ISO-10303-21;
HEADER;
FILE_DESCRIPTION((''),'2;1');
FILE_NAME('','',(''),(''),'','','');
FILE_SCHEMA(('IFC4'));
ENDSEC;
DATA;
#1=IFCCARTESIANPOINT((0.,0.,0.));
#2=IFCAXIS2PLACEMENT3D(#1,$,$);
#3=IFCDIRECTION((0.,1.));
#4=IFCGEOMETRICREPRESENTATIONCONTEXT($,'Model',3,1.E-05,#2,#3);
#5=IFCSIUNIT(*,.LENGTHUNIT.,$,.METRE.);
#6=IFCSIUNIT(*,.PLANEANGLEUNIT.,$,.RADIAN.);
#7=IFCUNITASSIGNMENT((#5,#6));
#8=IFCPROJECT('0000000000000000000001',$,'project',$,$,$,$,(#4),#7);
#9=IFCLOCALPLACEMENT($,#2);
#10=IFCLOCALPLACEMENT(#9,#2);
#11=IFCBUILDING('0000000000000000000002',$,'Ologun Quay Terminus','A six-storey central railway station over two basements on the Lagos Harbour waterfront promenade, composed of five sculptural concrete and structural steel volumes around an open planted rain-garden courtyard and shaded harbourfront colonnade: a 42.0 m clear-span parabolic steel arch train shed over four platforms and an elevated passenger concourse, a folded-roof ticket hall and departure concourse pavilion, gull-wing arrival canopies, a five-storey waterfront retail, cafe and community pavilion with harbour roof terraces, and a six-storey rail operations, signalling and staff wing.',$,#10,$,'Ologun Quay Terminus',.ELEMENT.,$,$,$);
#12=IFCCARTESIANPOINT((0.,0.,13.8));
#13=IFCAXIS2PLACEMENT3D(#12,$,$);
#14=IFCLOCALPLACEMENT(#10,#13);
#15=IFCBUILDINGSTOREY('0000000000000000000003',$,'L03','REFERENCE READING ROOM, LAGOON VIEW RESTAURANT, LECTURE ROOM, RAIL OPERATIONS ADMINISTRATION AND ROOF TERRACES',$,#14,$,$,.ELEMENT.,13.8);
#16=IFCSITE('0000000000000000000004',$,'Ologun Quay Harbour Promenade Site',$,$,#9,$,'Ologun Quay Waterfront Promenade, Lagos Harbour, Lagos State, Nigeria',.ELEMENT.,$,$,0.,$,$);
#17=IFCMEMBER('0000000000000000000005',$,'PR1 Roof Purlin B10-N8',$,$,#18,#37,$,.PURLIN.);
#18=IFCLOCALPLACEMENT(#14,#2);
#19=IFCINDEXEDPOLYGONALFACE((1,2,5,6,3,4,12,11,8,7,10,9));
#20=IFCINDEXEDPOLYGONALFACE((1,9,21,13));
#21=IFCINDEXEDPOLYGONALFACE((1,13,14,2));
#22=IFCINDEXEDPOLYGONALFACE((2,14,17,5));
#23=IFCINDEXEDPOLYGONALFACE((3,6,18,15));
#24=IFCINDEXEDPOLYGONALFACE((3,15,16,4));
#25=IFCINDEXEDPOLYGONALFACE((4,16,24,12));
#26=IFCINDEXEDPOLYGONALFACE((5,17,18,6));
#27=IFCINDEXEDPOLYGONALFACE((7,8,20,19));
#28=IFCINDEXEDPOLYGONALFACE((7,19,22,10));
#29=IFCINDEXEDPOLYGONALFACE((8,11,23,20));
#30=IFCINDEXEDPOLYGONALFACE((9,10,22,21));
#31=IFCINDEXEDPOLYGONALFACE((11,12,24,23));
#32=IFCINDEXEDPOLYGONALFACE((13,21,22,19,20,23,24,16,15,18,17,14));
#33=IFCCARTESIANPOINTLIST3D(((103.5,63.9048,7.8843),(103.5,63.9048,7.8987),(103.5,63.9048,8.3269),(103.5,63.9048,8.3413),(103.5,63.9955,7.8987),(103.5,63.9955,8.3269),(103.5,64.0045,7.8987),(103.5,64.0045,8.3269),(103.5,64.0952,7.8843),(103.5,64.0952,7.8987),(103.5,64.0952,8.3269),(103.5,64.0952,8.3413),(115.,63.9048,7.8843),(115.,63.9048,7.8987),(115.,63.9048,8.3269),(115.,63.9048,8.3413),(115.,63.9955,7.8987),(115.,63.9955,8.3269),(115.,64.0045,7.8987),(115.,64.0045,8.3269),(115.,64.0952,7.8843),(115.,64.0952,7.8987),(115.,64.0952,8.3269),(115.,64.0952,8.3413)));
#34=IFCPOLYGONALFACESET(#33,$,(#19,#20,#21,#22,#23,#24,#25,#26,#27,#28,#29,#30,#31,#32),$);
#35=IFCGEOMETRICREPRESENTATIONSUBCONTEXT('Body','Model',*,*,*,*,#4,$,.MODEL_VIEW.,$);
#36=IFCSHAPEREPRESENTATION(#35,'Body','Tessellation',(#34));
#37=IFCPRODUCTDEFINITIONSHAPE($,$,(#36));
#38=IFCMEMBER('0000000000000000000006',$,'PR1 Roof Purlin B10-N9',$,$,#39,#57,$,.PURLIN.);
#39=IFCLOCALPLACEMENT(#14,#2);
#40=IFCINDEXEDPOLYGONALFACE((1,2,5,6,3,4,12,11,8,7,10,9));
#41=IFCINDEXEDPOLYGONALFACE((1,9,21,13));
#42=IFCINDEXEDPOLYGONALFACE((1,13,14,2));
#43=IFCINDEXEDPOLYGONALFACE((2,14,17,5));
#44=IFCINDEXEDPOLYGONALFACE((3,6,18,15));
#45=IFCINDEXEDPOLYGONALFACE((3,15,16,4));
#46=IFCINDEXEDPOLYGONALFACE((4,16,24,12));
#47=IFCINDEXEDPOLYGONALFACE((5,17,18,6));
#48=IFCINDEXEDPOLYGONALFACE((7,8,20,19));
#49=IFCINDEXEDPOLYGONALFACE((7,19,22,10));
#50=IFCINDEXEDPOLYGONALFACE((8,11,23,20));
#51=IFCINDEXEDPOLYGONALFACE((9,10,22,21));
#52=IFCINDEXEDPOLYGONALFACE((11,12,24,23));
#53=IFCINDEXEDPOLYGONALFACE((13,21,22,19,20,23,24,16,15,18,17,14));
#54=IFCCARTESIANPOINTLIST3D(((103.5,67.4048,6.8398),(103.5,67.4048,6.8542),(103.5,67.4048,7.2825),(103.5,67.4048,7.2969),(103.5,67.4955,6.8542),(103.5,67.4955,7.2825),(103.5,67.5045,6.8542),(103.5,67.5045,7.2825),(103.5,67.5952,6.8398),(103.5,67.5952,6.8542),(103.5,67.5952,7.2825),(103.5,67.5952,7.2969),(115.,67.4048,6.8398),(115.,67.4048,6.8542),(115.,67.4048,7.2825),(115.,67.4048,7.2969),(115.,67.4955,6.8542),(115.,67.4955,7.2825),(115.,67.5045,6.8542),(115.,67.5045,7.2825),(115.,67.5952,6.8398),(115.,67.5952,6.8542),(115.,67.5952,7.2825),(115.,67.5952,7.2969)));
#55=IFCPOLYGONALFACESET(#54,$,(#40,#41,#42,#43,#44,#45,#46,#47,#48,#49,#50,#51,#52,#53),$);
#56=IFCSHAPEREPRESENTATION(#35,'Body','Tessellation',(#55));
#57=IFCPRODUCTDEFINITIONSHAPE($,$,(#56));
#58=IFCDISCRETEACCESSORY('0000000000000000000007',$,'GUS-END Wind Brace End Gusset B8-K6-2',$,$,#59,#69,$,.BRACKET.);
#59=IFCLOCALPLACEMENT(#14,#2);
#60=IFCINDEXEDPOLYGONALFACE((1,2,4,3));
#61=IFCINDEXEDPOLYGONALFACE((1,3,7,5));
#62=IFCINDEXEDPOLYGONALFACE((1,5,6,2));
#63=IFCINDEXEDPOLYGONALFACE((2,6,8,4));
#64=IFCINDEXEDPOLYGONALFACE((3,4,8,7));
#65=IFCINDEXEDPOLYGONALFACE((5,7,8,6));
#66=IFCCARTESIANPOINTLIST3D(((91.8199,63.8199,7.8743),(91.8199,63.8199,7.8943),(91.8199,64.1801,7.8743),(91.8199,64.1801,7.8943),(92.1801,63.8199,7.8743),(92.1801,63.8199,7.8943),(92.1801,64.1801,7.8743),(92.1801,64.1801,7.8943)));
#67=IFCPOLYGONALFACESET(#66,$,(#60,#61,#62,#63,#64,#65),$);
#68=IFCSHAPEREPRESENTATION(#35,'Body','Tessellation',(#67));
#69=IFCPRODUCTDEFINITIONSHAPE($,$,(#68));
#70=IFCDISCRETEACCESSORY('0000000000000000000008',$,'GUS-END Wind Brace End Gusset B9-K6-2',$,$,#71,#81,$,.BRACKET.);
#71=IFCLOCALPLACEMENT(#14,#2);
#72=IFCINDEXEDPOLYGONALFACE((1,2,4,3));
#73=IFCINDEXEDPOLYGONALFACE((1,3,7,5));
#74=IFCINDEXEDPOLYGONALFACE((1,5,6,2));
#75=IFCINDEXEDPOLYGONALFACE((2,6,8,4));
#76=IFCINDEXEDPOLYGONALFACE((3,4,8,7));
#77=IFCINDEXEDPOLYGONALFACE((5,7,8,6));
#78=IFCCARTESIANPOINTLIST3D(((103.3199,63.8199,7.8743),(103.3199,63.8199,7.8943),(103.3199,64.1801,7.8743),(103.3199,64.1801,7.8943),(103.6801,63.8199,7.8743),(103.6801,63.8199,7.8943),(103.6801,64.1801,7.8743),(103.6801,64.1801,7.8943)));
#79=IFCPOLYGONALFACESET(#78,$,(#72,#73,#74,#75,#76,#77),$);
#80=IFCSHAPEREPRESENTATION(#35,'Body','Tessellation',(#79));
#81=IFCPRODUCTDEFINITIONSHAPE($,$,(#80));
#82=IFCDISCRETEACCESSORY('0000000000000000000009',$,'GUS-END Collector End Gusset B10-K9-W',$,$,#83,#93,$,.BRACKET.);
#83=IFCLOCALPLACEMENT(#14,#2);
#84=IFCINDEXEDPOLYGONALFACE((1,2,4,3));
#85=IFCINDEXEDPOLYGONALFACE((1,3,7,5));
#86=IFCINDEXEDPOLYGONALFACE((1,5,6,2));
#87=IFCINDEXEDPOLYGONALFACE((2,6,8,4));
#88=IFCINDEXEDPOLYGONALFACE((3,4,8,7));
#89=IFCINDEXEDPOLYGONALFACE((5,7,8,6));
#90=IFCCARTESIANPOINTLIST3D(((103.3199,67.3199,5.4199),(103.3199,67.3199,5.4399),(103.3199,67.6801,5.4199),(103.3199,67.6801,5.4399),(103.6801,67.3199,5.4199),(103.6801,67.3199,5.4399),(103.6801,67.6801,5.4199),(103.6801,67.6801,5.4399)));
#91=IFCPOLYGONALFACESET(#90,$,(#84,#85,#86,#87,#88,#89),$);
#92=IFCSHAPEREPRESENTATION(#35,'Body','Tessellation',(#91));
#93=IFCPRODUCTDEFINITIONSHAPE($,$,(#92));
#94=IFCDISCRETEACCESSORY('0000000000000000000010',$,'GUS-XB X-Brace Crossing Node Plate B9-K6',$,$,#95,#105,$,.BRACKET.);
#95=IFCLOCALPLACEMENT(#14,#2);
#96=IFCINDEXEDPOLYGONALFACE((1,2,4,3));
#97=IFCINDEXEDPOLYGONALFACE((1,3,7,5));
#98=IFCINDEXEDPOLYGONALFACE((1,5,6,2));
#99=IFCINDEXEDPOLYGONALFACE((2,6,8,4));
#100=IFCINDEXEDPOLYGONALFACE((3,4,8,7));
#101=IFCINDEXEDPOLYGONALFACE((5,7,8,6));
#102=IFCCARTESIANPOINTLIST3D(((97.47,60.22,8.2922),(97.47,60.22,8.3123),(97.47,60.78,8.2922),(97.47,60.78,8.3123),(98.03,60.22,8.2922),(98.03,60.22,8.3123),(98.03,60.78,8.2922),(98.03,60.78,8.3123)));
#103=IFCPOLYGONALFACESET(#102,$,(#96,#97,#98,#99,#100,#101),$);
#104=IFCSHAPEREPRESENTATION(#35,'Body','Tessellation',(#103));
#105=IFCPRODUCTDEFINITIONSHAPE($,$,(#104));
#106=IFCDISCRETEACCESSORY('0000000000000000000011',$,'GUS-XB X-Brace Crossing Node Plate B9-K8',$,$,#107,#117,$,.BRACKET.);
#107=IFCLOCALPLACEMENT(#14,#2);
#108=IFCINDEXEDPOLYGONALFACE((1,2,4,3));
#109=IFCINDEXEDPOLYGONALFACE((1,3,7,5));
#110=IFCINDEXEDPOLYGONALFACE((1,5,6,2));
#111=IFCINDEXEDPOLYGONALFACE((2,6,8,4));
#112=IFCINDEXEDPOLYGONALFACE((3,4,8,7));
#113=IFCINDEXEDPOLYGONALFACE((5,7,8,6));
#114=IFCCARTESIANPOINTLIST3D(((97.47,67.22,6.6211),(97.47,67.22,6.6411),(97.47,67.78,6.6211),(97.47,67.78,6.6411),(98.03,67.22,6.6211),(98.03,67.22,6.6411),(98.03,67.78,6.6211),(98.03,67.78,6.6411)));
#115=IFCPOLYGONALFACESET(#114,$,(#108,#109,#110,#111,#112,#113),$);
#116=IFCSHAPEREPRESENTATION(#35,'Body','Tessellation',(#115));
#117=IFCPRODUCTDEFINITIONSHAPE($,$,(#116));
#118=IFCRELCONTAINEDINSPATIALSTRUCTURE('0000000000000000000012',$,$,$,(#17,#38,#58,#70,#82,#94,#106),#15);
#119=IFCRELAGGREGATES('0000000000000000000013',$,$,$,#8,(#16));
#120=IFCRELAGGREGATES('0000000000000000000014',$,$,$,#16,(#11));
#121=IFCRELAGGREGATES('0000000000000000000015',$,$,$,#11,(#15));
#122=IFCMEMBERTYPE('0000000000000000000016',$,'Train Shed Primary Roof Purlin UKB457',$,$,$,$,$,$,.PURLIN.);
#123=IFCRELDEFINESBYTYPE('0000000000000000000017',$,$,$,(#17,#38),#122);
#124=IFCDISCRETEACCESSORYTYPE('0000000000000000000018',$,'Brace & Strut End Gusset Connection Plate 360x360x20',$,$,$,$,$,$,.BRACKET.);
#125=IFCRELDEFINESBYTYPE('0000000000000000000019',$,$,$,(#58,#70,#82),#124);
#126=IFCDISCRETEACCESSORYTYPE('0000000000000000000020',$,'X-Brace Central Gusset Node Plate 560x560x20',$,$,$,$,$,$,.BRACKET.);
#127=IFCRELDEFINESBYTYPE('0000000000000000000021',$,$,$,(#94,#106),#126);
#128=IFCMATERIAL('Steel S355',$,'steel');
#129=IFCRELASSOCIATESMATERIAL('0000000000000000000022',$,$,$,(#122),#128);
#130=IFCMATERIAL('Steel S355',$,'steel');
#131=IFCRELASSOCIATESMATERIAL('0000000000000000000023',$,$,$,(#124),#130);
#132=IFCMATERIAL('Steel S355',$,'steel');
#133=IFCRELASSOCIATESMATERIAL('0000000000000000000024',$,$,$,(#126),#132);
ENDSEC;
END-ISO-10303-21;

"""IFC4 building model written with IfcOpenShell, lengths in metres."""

from ifc_helpers import new_model, si_unit, direction, frame, origin, origin_2d, place, context, subcontext, project, spatial, rectangle, i_section, extrude, material, material_profile, profile_set, type_object, element, save


model = new_model("IFC4")

# Units and contexts
model_context = context("Model", 3, precision=1e-05, world=origin(), true_north=direction((0.0, 1.0)))
body_context = subcontext(model_context, "Body", "Model", "MODEL_VIEW")
ifc_project = project(units=[si_unit("LENGTHUNIT", "METRE"), si_unit("PLANEANGLEUNIT", "RADIAN")], contexts=[model_context])

# Site, building, storey
site_placement = place(None, origin())
site = spatial("IfcSite", under=ifc_project, at=site_placement, Name="Ologun Quay Harbour Promenade Site", LongName="Ologun Quay Waterfront Promenade, Lagos Harbour, Lagos State, Nigeria", CompositionType="ELEMENT", RefElevation=0.0)
building_placement = place(site_placement, origin())
building = spatial("IfcBuilding", under=site, at=building_placement, Name="Ologun Quay Terminus", Description="A six-storey central railway station over two basements on the Lagos Harbour waterfront promenade, composed of five sculptural concrete and structural steel volumes around an open planted rain-garden courtyard and shaded harbourfront colonnade: a 42.0 m clear-span parabolic steel arch train shed over four platforms and an elevated passenger concourse, a folded-roof ticket hall and departure concourse pavilion, gull-wing arrival canopies, a five-storey waterfront retail, cafe and community pavilion with harbour roof terraces, and a six-storey rail operations, signalling and staff wing.", LongName="Ologun Quay Terminus", CompositionType="ELEMENT")
storey_placement = place(building_placement, frame((0.0, 0.0, 13.8)))
storey = spatial("IfcBuildingStorey", under=building, at=storey_placement, Name="L03", Description="REFERENCE READING ROOM, LAGOON VIEW RESTAURANT, LECTURE ROOM, RAIL OPERATIONS ADMINISTRATION AND ROOF TERRACES", CompositionType="ELEMENT", Elevation=13.8)

# Members
ifc_material_1 = material(Name="Steel S355", Category="steel")
ifc_material_profile_1 = material_profile(ifc_material_1, i_section(OverallWidth=0.1904, OverallDepth=0.457, WebThickness=0.009, FlangeThickness=0.0144, at=origin_2d()), Name="UKB 457x191x74")
ifc_profile_set_1 = profile_set([ifc_material_profile_1], Name="Steel S355")
member_type_1 = type_object("IfcMemberType", Name="Train Shed Primary Roof Purlin UKB457", PredefinedType="PURLIN", material=ifc_profile_set_1)
for number, where, z_axis, x_axis, name in (
    (1, (103.5, 64.0, 8.1128), (1.0, 0.0, 0.0), (0.0, 1.0, 0.0), "PR1 Roof Purlin B10-N8"),
    (2, (103.5, 67.5, 7.0684), (1.0, 0.0, 0.0), (0.0, 1.0, 0.0), "PR1 Roof Purlin B10-N9"),
):
    element("IfcMember", number, at=place(storey_placement, frame(where, z_axis=z_axis, x_axis=x_axis)), inside=storey, type_object=member_type_1, Name=name, PredefinedType="PURLIN", context=body_context, shape_type="SweptSolid", body=[
        extrude(i_section(OverallWidth=0.1904, OverallDepth=0.457, WebThickness=0.009, FlangeThickness=0.0144, at=origin_2d()), origin(), (0.0, 0.0, 1.0), 11.5),
    ])

# Discrete accessories
ifc_material_2 = material(Name="Steel S355", Category="steel")
discrete_accessory_type_1 = type_object("IfcDiscreteAccessoryType", Name="Brace & Strut End Gusset Connection Plate 360x360x20", PredefinedType="BRACKET", material=ifc_material_2)
for number, where, z_axis, x_axis, name in (
    (3, (92.0, 64.0, 7.8743), (0.0, 0.0, 1.0), (1.0, 0.0, 0.0), "GUS-END Wind Brace End Gusset B8-K6-2"),
    (4, (103.5, 64.0, 7.8743), (0.0, 0.0, 1.0), (1.0, 0.0, 0.0), "GUS-END Wind Brace End Gusset B9-K6-2"),
    (5, (103.5, 67.5, 5.4199), (0.0, 0.0, 1.0), (1.0, 0.0, 0.0), "GUS-END Collector End Gusset B10-K9-W"),
):
    element("IfcDiscreteAccessory", number, at=place(storey_placement, frame(where, z_axis=z_axis, x_axis=x_axis)), inside=storey, type_object=discrete_accessory_type_1, Name=name, PredefinedType="BRACKET", context=body_context, shape_type="SweptSolid", body=[
        extrude(rectangle(XDim=0.3601, YDim=0.3601, at=origin_2d()), origin(), (0.0, 0.0, 1.0), 0.02),
    ])
ifc_material_3 = material(Name="Steel S355", Category="steel")
discrete_accessory_type_2 = type_object("IfcDiscreteAccessoryType", Name="X-Brace Central Gusset Node Plate 560x560x20", PredefinedType="BRACKET", material=ifc_material_3)
for number, where, z_axis, x_axis, name in (
    (6, (97.75, 60.5, 8.2922), (0.0, 0.0, 1.0), (1.0, 0.0, 0.0), "GUS-XB X-Brace Crossing Node Plate B9-K6"),
    (7, (97.75, 67.5, 6.6211), (0.0, 0.0, 1.0), (1.0, 0.0, 0.0), "GUS-XB X-Brace Crossing Node Plate B9-K8"),
):
    element("IfcDiscreteAccessory", number, at=place(storey_placement, frame(where, z_axis=z_axis, x_axis=x_axis)), inside=storey, type_object=discrete_accessory_type_2, Name=name, PredefinedType="BRACKET", context=body_context, shape_type="SweptSolid", body=[
        extrude(rectangle(XDim=0.5601, YDim=0.5601, at=origin_2d()), origin(), (0.0, 0.0, 1.0), 0.02),
    ])

save(model, "model.ifc")
